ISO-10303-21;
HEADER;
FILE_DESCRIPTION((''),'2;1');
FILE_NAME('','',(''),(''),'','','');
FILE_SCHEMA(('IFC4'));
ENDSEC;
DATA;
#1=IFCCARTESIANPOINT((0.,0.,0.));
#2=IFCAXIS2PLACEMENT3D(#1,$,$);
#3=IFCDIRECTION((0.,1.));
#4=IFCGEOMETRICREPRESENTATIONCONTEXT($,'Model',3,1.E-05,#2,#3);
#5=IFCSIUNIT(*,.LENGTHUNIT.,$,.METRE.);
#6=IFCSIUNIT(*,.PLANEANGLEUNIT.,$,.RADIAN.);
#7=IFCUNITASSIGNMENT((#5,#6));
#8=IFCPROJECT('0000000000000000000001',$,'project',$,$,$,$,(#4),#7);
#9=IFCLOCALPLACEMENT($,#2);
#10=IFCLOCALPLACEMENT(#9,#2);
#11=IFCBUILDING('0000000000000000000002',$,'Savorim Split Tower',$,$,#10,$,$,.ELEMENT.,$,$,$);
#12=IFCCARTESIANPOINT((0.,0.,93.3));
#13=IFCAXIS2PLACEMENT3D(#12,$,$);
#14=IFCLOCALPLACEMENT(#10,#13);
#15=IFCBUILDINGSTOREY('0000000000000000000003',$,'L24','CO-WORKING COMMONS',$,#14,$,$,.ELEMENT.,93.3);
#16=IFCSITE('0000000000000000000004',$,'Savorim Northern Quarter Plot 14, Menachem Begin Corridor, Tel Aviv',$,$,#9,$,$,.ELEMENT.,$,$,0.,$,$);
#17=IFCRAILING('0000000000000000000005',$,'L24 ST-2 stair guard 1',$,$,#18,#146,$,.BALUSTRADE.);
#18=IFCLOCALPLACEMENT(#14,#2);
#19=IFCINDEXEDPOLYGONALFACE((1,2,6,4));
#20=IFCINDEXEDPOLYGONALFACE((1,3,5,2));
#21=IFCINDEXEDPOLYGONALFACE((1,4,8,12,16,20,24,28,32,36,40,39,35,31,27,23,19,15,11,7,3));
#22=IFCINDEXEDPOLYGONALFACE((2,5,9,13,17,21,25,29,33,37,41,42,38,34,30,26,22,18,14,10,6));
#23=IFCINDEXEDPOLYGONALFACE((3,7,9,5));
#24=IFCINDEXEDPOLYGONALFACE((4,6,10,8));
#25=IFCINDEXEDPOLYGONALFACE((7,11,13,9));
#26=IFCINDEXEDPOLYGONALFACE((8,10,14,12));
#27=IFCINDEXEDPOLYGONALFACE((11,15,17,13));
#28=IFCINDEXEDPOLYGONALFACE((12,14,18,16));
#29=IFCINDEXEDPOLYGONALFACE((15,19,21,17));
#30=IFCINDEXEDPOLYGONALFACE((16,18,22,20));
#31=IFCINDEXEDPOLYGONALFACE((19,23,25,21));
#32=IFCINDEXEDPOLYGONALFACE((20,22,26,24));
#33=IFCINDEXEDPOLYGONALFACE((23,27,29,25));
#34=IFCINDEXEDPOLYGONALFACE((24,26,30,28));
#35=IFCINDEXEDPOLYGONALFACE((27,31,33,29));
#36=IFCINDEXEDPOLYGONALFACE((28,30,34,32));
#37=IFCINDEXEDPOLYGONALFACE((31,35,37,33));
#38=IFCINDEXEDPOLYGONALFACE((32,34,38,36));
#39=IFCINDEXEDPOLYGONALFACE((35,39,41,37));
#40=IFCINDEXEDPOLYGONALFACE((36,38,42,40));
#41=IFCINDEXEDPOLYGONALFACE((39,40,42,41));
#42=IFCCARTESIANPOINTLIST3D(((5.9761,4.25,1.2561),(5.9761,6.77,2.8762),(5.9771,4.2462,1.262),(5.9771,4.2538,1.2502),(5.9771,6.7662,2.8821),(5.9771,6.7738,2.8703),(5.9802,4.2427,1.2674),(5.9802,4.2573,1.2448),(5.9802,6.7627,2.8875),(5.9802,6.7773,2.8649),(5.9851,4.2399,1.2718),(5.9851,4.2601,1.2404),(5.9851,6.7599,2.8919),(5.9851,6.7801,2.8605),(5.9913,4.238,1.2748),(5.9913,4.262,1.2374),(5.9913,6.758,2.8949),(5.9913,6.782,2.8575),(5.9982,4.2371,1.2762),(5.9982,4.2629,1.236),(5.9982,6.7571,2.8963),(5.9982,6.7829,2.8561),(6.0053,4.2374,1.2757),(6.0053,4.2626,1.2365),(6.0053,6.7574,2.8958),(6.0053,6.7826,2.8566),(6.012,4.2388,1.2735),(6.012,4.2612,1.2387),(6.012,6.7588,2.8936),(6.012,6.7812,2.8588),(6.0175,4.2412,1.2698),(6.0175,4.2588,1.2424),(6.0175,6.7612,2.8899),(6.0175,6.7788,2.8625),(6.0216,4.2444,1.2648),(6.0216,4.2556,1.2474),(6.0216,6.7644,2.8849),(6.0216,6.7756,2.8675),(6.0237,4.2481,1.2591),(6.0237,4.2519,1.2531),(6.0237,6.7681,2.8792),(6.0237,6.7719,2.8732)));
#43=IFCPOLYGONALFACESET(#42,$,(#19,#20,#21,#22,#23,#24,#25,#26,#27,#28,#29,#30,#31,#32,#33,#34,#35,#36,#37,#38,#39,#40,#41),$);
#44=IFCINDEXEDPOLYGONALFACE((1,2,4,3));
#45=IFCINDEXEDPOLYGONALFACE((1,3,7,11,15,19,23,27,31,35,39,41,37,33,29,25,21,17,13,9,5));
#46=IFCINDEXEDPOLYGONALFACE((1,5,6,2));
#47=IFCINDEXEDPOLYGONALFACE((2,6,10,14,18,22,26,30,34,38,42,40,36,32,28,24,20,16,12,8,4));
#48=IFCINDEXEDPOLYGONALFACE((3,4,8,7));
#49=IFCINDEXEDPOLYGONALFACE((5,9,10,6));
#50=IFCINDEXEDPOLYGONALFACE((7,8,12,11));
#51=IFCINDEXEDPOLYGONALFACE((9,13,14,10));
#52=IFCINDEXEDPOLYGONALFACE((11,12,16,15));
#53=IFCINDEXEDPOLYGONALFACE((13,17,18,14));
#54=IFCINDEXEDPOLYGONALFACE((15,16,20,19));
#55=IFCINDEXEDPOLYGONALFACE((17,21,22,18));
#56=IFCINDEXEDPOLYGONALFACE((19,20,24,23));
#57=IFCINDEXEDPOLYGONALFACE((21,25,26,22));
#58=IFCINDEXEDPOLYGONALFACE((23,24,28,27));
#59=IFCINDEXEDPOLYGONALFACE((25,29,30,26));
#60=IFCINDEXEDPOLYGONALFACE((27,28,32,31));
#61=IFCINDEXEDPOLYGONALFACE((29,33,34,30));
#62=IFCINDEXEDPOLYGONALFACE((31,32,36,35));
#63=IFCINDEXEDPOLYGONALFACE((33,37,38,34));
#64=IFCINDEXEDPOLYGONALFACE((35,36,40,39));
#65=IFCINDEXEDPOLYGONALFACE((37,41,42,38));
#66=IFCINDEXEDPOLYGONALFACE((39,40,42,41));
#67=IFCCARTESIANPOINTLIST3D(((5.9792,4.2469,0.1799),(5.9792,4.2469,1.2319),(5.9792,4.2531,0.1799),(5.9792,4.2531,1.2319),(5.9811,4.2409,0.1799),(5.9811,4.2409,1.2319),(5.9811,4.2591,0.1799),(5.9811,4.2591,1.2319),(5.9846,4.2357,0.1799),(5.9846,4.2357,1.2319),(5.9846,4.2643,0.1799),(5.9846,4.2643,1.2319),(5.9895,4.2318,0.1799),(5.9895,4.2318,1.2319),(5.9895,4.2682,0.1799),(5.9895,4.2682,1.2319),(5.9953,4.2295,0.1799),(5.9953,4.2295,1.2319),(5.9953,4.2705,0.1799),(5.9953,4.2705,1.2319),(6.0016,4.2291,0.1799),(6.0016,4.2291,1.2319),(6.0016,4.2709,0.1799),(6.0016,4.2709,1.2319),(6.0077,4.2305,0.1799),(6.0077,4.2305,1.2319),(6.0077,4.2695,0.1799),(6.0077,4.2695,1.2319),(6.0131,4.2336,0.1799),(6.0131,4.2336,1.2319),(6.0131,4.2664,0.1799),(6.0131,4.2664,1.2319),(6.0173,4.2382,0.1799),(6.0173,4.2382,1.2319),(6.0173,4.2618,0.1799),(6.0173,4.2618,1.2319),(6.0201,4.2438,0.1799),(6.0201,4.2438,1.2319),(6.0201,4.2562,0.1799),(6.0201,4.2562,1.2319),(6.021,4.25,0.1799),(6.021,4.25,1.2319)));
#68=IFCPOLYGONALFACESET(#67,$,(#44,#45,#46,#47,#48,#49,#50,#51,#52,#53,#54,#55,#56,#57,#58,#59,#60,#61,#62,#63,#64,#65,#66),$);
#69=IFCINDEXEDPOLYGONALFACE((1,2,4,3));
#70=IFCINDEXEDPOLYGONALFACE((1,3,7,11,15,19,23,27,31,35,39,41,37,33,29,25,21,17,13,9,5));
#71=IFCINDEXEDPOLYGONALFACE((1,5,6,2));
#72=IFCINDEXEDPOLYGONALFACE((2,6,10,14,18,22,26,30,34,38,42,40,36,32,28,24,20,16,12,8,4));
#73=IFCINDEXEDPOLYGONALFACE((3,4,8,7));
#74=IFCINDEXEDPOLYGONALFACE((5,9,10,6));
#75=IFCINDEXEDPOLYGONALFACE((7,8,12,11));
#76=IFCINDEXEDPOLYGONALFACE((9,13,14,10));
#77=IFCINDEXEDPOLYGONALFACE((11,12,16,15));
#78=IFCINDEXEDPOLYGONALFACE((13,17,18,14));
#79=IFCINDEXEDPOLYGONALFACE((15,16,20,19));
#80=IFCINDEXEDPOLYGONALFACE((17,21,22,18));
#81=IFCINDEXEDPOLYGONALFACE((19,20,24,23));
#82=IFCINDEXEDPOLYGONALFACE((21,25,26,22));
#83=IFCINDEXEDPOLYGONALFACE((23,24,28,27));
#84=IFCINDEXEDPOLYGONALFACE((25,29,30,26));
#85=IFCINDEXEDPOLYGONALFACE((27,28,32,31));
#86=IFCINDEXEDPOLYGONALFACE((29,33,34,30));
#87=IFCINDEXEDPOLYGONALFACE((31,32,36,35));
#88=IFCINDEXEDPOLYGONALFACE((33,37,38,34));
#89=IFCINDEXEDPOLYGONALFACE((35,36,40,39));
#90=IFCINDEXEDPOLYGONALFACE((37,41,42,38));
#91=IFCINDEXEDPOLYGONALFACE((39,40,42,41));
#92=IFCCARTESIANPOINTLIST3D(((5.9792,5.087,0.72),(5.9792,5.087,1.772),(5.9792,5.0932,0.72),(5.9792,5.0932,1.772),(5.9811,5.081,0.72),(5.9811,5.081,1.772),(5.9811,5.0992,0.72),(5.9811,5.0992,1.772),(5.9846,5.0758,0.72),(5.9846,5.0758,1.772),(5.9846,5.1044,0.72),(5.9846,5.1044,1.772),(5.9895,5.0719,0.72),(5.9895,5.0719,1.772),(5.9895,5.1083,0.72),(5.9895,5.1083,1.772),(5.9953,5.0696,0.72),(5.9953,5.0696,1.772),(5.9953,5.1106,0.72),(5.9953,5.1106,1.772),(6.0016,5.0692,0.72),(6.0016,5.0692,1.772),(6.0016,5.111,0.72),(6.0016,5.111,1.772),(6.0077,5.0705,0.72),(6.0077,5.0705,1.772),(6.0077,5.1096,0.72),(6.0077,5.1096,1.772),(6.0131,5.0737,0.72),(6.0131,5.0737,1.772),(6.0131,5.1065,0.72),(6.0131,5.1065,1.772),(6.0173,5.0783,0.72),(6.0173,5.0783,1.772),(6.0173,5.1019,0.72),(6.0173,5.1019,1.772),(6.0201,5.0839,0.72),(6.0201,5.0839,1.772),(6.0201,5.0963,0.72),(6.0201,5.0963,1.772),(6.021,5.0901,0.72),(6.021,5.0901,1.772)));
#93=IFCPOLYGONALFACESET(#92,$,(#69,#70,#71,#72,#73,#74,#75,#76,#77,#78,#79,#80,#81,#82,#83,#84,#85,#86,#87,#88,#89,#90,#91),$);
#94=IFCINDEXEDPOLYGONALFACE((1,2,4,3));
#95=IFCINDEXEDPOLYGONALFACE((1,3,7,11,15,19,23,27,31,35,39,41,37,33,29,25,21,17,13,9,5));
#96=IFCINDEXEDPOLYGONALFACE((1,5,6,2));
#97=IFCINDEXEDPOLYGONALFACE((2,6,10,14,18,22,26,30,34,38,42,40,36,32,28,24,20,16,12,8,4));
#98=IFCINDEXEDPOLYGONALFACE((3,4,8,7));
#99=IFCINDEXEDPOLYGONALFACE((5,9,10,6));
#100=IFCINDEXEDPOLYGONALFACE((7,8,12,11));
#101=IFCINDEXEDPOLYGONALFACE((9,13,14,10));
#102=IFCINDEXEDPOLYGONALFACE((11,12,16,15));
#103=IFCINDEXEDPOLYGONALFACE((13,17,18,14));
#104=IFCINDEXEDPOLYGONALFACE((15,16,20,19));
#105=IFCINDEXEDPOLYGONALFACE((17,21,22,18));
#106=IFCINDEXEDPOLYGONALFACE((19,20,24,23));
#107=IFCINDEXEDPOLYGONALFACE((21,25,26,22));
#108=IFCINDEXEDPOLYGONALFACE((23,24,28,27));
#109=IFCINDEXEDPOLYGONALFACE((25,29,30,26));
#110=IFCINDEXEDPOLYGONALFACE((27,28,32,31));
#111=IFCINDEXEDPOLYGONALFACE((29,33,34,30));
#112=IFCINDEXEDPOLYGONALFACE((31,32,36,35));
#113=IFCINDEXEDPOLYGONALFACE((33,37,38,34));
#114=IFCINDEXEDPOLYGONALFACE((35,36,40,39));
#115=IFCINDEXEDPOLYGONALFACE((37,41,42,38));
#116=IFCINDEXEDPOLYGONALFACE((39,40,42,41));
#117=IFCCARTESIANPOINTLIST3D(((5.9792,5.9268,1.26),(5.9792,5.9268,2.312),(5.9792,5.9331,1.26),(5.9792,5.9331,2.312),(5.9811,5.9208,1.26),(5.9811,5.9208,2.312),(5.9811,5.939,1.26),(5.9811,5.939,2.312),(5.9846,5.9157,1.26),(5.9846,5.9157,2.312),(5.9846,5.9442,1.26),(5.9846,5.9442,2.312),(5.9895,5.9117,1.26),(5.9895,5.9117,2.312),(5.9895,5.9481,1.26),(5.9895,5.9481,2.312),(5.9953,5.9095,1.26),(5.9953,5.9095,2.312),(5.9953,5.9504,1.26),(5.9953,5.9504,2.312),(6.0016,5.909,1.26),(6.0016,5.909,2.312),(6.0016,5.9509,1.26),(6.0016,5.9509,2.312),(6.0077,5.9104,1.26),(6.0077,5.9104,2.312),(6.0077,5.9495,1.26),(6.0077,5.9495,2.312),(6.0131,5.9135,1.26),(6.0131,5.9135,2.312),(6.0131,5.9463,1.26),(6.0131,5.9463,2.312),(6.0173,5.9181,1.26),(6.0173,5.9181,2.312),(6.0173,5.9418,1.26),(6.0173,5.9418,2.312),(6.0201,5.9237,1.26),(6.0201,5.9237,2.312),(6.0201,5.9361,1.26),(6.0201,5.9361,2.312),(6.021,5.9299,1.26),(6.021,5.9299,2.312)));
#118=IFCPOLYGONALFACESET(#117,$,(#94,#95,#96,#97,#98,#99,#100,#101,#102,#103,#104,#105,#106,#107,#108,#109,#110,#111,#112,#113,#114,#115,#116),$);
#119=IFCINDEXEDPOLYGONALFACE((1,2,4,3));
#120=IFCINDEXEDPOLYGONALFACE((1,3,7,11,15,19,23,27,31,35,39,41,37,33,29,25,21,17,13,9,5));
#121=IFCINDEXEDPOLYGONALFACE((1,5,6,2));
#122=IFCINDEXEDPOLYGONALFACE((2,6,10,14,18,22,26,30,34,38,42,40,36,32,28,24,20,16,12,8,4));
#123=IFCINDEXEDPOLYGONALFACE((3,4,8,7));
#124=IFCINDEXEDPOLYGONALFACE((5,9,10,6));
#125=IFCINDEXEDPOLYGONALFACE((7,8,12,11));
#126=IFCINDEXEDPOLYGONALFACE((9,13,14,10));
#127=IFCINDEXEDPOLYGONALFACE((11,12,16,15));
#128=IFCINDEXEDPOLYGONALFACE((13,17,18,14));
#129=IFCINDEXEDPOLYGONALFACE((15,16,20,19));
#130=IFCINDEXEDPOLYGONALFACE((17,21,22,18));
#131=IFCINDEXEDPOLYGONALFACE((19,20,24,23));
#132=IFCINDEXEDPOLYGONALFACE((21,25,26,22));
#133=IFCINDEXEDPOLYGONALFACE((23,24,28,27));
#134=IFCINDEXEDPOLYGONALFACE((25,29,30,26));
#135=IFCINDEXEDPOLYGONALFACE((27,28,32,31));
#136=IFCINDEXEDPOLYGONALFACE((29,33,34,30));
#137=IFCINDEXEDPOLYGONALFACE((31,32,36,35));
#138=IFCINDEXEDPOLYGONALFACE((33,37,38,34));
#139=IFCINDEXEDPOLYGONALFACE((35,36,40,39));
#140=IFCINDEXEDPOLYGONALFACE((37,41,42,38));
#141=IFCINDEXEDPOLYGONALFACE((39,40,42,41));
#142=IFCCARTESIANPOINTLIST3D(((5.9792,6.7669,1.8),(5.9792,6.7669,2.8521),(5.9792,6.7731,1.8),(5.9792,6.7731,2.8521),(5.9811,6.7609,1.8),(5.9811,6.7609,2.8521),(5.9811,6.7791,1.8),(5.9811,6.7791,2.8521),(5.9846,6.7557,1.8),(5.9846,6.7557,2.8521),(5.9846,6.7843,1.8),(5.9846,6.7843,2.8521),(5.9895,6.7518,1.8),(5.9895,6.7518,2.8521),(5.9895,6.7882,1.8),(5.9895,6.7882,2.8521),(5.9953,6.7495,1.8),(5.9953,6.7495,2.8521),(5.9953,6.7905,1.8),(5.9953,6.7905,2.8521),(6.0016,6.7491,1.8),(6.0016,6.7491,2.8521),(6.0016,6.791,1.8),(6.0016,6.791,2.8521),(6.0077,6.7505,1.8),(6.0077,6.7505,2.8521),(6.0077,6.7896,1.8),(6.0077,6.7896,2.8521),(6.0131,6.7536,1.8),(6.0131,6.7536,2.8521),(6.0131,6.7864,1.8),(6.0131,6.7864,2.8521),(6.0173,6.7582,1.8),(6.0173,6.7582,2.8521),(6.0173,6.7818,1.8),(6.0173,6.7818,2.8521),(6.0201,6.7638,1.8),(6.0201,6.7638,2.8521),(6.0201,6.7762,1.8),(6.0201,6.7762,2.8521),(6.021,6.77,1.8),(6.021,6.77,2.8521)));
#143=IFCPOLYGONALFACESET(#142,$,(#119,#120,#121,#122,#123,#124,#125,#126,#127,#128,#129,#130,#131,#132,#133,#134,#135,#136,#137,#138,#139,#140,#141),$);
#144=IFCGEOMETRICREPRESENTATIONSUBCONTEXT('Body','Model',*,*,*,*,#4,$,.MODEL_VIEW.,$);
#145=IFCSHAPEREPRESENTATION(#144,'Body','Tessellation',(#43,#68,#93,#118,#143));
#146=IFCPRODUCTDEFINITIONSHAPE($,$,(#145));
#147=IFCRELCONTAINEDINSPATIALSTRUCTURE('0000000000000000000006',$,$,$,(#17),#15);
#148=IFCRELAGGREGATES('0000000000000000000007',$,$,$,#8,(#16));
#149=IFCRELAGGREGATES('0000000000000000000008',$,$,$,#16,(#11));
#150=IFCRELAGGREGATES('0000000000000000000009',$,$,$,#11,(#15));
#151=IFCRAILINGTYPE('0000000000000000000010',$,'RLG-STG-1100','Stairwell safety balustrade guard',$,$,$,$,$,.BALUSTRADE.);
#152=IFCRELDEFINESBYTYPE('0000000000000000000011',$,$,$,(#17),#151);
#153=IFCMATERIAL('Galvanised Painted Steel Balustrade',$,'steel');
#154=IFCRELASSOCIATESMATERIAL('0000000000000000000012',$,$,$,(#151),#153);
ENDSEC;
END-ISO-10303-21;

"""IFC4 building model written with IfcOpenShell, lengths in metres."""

from ifc_helpers import new_model, si_unit, direction, frame, origin, origin_2d, place, context, subcontext, project, spatial, circle, extrude, material, type_object, element, save


model = new_model("IFC4")

# Units and contexts
model_context = context("Model", 3, precision=1e-05, world=origin(), true_north=direction((0.0, 1.0)))
body_context = subcontext(model_context, "Body", "Model", "MODEL_VIEW")
ifc_project = project(units=[si_unit("LENGTHUNIT", "METRE"), si_unit("PLANEANGLEUNIT", "RADIAN")], contexts=[model_context])

# Site, building, storey
site_placement = place(None, origin())
site = spatial("IfcSite", under=ifc_project, at=site_placement, Name="Savorim Northern Quarter Plot 14, Menachem Begin Corridor, Tel Aviv", CompositionType="ELEMENT", RefElevation=0.0)
building_placement = place(site_placement, origin())
building = spatial("IfcBuilding", under=site, at=building_placement, Name="Savorim Split Tower", CompositionType="ELEMENT")
storey_placement = place(building_placement, frame((0.0, 0.0, 93.3)))
storey = spatial("IfcBuildingStorey", under=building, at=storey_placement, Name="L24", Description="CO-WORKING COMMONS", CompositionType="ELEMENT", Elevation=93.3)

# Railing
ifc_material_1 = material(Name="Galvanised Painted Steel Balustrade", Category="steel")
railing_type_1 = type_object("IfcRailingType", Name="RLG-STG-1100", Description="Stairwell safety balustrade guard", PredefinedType="BALUSTRADE", material=ifc_material_1)
railing_1_placement = place(storey_placement, frame((6.0, 4.25, 0.1799)))
element("IfcRailing", 1, at=railing_1_placement, inside=storey, type_object=railing_type_1, Name="L24 ST-2 stair guard 1", PredefinedType="BALUSTRADE", context=body_context, shape_type="SweptSolid", body=[
    extrude(circle(Radius=0.0239, at=origin_2d()), frame((0.0, 0.0, 1.0762), z_axis=(0.0, 0.841163, 0.540782), x_axis=(-1.0, 0.0, 0.0)), (0.0, 0.0, 1.0), 2.9958),
    extrude(circle(Radius=0.021, at=origin_2d()), origin(), (0.0, 0.0, 1.0), 1.052),
    extrude(circle(Radius=0.021, at=origin_2d()), frame((0.0, 0.8401, 0.54)), (0.0, 0.0, 1.0), 1.052),
    extrude(circle(Radius=0.021, at=origin_2d()), frame((0.0, 1.6799, 1.0801)), (0.0, 0.0, 1.0), 1.052),
    extrude(circle(Radius=0.021, at=origin_2d()), frame((0.0, 2.52, 1.6201)), (0.0, 0.0, 1.0), 1.052),
])

save(model, "model.ifc")
